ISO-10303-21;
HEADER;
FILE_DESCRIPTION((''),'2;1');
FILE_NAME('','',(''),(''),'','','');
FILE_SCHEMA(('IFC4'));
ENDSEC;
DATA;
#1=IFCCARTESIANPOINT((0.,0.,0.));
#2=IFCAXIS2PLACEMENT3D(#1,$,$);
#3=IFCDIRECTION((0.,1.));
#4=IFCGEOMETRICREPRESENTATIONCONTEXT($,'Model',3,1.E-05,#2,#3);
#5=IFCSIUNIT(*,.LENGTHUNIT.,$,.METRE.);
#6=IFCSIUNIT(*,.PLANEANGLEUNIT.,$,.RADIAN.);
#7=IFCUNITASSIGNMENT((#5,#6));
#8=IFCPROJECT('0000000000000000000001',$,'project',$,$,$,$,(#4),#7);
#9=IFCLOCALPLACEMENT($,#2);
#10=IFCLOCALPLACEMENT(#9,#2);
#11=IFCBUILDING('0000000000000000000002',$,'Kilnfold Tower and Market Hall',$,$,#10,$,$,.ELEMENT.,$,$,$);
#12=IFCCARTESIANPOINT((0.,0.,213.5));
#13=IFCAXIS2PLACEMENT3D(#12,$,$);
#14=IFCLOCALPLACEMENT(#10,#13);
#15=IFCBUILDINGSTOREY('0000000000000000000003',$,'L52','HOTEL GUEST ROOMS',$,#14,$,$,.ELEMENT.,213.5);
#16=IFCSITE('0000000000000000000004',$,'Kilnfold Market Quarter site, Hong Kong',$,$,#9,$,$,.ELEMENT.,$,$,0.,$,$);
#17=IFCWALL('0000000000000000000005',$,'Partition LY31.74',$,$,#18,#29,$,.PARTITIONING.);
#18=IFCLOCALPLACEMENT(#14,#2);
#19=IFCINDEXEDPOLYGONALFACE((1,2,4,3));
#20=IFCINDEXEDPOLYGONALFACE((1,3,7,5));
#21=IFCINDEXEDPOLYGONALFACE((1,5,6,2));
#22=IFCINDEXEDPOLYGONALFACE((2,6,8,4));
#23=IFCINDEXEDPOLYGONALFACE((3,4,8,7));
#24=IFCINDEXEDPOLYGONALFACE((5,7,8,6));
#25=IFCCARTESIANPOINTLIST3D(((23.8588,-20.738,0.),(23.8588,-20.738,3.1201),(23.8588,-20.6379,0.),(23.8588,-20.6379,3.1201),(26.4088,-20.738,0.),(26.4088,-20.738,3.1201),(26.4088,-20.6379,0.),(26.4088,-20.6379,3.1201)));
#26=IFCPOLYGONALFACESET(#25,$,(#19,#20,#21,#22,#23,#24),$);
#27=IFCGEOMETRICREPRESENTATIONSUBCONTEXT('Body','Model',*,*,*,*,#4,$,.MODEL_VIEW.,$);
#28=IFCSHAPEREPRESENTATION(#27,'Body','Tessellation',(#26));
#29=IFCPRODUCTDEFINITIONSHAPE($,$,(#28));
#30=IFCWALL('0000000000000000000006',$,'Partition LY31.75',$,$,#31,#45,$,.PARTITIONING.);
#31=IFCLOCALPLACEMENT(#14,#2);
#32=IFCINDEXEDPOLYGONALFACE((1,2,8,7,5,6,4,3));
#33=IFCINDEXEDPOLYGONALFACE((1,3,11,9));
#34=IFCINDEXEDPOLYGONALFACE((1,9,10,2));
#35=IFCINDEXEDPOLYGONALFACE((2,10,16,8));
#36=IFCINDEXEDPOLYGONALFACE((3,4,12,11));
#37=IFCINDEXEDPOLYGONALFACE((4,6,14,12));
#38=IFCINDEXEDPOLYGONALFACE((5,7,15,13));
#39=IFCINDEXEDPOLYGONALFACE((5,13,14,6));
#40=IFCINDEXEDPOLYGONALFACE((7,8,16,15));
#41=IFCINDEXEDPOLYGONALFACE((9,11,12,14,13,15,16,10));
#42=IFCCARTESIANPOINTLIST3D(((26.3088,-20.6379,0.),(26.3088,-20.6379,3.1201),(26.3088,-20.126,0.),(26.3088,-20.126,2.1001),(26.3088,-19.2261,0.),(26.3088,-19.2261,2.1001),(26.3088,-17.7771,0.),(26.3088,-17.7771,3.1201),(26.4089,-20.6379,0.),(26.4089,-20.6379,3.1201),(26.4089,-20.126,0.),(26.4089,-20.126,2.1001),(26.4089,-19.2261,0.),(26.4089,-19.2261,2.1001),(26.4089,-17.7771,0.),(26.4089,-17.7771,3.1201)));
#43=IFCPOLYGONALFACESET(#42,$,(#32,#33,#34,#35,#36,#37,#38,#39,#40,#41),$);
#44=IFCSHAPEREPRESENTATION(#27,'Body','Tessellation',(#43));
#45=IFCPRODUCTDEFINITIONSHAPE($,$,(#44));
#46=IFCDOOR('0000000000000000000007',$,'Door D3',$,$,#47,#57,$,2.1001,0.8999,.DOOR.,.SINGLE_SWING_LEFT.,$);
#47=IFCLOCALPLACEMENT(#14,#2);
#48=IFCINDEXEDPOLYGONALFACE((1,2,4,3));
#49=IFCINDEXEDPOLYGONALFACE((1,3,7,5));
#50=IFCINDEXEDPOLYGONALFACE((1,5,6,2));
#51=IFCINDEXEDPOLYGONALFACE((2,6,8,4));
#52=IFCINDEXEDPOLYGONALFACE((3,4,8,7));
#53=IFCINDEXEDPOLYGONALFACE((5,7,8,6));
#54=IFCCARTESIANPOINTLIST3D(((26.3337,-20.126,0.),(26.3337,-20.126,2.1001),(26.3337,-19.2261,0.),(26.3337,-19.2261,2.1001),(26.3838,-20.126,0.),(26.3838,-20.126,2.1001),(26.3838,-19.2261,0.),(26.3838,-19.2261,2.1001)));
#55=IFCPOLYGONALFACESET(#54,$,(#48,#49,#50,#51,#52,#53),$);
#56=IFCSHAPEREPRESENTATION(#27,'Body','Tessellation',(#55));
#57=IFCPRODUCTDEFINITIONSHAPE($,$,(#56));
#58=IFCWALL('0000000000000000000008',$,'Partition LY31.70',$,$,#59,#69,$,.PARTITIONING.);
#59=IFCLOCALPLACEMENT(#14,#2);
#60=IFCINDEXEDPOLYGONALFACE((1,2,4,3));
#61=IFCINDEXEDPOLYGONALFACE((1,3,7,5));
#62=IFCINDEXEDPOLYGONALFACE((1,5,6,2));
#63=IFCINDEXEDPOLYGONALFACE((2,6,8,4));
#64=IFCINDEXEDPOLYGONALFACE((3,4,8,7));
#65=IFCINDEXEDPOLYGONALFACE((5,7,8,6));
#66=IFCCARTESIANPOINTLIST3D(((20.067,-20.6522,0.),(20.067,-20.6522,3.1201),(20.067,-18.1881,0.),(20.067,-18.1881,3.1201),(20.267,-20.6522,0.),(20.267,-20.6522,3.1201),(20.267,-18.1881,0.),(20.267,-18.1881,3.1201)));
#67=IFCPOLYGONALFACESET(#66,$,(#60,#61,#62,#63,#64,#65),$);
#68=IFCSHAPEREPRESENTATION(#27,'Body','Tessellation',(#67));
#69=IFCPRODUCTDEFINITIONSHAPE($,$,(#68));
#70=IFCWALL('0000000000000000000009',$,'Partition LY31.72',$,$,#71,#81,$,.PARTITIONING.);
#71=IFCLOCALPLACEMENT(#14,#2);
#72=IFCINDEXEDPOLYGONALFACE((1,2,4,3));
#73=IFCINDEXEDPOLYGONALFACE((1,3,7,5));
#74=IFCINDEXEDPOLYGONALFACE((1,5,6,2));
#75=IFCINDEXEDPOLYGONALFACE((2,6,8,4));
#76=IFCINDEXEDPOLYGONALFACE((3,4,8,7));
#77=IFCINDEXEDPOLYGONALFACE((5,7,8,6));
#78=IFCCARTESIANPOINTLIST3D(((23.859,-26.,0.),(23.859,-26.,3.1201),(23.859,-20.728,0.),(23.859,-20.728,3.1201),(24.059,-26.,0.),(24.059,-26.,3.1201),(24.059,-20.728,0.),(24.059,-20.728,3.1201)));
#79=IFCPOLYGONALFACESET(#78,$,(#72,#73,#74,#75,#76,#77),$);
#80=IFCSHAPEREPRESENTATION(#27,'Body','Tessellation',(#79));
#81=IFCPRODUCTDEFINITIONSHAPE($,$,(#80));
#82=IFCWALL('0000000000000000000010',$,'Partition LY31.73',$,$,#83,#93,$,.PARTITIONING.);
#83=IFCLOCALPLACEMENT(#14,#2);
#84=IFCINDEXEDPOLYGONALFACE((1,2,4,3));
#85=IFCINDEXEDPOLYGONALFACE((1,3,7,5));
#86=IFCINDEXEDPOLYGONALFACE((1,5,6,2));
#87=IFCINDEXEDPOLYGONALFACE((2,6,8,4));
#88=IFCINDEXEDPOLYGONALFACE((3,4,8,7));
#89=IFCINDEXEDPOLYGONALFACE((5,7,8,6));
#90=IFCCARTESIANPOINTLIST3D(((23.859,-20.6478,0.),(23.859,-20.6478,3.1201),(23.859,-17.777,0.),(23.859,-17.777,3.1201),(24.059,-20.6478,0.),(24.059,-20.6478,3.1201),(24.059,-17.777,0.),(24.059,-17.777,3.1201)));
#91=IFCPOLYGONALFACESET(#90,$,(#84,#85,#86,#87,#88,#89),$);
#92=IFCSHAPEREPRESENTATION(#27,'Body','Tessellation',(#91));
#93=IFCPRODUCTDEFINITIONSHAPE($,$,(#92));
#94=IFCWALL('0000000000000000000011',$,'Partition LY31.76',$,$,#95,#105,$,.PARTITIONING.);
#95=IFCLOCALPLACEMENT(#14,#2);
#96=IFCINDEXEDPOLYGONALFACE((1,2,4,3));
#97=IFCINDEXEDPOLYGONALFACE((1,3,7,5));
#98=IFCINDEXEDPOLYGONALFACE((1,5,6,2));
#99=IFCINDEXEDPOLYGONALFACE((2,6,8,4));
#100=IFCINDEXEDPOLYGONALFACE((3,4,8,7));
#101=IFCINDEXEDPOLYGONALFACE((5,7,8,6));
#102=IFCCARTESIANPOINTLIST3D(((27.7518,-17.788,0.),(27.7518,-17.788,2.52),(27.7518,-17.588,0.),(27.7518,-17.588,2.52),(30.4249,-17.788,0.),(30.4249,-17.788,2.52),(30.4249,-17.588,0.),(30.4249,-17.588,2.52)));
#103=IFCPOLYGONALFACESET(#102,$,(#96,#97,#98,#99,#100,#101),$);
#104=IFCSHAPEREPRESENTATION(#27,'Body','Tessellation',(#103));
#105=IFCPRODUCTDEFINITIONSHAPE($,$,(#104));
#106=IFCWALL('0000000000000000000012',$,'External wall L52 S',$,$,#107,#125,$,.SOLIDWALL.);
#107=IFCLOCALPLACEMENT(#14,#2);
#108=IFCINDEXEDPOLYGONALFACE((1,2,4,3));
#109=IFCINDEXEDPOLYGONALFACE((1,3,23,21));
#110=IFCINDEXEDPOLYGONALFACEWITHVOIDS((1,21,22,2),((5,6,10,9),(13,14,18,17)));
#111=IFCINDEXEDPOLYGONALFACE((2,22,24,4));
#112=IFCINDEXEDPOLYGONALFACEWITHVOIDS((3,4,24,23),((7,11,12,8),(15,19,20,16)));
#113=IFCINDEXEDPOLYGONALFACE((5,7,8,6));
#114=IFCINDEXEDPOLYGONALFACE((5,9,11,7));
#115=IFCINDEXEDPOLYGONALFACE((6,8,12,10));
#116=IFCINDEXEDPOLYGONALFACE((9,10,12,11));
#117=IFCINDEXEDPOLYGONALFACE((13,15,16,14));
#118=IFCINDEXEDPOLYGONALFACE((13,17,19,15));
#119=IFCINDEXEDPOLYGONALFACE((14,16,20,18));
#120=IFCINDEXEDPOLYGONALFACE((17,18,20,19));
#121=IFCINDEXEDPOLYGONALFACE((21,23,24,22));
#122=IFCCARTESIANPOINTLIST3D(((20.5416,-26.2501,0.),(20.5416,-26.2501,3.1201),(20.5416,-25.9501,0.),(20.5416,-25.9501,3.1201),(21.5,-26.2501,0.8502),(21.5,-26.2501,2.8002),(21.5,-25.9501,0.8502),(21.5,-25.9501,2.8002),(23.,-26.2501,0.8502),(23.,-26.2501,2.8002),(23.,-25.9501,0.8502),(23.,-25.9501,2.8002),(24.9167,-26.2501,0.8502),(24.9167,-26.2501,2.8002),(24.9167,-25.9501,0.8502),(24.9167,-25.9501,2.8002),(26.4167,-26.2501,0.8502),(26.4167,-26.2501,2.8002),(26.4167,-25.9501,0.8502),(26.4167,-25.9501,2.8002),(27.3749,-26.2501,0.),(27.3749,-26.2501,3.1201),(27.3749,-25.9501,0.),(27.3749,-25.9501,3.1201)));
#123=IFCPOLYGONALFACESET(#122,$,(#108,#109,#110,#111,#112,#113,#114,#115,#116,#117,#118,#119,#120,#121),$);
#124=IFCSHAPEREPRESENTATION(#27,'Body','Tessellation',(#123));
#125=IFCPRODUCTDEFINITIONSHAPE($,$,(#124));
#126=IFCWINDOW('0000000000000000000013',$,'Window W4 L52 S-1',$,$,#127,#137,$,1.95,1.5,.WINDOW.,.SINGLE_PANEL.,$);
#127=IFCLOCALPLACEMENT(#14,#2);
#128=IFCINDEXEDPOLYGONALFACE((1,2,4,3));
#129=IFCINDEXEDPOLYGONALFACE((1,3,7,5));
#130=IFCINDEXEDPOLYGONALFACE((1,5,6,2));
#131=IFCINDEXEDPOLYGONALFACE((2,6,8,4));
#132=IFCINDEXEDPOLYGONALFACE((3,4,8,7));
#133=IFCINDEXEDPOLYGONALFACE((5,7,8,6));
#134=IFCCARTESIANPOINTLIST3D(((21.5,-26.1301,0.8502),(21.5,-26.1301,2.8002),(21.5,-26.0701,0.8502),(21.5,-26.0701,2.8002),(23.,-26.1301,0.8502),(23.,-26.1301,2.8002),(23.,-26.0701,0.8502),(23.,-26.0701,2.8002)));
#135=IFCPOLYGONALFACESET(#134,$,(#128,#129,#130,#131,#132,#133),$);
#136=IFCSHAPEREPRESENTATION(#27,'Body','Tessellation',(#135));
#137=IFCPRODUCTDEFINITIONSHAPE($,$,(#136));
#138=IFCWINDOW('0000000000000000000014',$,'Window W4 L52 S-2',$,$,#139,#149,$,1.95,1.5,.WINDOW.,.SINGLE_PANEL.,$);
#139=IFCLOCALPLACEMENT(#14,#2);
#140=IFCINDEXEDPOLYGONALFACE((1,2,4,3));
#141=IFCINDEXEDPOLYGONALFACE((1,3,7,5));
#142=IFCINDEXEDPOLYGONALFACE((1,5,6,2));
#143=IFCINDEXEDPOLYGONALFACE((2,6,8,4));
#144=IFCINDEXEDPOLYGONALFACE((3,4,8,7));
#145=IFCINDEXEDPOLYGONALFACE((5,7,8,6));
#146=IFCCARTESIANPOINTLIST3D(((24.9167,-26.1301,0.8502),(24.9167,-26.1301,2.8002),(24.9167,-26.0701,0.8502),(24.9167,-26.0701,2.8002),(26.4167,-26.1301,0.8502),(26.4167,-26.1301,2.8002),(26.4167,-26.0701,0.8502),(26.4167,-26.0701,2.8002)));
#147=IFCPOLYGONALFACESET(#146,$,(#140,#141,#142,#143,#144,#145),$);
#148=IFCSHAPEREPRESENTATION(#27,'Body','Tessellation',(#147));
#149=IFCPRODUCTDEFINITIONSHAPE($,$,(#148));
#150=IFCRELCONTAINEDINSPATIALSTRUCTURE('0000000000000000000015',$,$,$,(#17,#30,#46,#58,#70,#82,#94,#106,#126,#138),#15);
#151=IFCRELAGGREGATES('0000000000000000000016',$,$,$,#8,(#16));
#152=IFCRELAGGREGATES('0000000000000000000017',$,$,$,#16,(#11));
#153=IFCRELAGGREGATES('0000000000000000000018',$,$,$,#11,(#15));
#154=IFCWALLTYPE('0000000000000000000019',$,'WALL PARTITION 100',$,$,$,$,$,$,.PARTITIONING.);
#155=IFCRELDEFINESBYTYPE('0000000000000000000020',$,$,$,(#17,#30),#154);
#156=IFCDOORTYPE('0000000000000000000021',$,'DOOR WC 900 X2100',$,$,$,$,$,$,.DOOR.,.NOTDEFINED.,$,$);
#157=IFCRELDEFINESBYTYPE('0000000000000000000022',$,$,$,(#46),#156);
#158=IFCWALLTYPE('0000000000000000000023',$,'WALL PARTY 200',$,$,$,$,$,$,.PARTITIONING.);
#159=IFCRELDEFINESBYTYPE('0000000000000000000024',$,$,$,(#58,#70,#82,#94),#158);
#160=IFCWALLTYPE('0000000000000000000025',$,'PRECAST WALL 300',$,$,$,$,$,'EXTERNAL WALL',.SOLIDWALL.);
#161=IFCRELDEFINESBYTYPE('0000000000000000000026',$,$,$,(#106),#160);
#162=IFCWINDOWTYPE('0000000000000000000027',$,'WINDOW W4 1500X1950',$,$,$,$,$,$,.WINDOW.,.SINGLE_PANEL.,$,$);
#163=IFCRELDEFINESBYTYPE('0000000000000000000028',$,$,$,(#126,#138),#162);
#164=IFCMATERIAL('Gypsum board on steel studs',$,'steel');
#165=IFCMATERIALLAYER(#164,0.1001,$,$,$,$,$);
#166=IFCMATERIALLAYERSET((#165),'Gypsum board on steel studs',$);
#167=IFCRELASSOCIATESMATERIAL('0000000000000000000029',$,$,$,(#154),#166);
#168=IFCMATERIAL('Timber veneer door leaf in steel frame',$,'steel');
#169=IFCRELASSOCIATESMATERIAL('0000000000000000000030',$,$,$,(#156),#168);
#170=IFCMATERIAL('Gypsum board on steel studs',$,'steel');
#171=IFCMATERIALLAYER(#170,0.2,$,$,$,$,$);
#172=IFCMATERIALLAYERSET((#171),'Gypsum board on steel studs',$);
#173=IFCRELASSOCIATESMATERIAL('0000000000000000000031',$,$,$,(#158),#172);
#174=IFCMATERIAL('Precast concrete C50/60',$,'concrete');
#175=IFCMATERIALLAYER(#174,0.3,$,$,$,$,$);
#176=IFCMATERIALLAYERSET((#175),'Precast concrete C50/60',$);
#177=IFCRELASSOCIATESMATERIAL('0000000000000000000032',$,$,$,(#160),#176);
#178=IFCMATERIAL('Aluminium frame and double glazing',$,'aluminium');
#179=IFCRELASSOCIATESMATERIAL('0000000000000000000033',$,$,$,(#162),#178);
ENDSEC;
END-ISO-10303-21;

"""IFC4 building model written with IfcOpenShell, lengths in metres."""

from ifc_helpers import new_model, si_unit, direction, frame, frame_2d, origin, place, context, subcontext, project, spatial, rectangle, extrude, source, transform, mapped, material, layer, layer_set, type_object, element, fill, save


model = new_model("IFC4")

# Units and contexts
model_context = context("Model", 3, precision=1e-05, world=origin(), true_north=direction((0.0, 1.0)))
body_context = subcontext(model_context, "Body", "Model", "MODEL_VIEW")
ifc_project = project(units=[si_unit("LENGTHUNIT", "METRE"), si_unit("PLANEANGLEUNIT", "RADIAN")], contexts=[model_context])

# Site, building, storey
site_placement = place(None, origin())
site = spatial("IfcSite", under=ifc_project, at=site_placement, Name="Kilnfold Market Quarter site, Hong Kong", CompositionType="ELEMENT", RefElevation=0.0)
building_placement = place(site_placement, origin())
building = spatial("IfcBuilding", under=site, at=building_placement, Name="Kilnfold Tower and Market Hall", CompositionType="ELEMENT")
storey_placement = place(building_placement, frame((0.0, 0.0, 213.5)))
storey = spatial("IfcBuildingStorey", under=building, at=storey_placement, Name="L52", Description="HOTEL GUEST ROOMS", CompositionType="ELEMENT", Elevation=213.5)

# Shared definitions
ifc_material_1 = material(Name="Gypsum board on steel studs", Category="steel")
ifc_layer_1 = layer(ifc_material_1, 0.1001)
ifc_layer_set_1 = layer_set([ifc_layer_1], Name="Gypsum board on steel studs")
wall_type_1 = type_object("IfcWallType", Name="WALL PARTITION 100", PredefinedType="PARTITIONING", material=ifc_layer_set_1)
ifc_material_2 = material(Name="Timber veneer door leaf in steel frame", Category="steel")
door_type_1 = type_object("IfcDoorType", Name="DOOR WC 900 X2100", OperationType="NOTDEFINED", PredefinedType="DOOR", material=ifc_material_2)

# Wall
wall_1_placement = place(storey_placement, frame((23.8589, -20.688, 0.0), z_axis=(0.0, 0.0, 1.0), x_axis=(1.0, 0.0, 0.0)))
element("IfcWall", 1, at=wall_1_placement, inside=storey, type_object=wall_type_1, Name="Partition LY31.74", PredefinedType="PARTITIONING", context=body_context, shape_type="SweptSolid", body=[
    extrude(rectangle(XDim=2.55, YDim=0.1001, at=frame_2d((1.2749, 0.0))), origin(), (0.0, 0.0, 1.0), 3.1201),
])

# Wall, opening, door
wall_2_placement = place(storey_placement, frame((26.3589, -17.7771, 0.0), z_axis=(0.0, 0.0, 1.0), x_axis=(0.0, -1.0, 0.0)))
wall_2 = element("IfcWall", 2, at=wall_2_placement, inside=storey, type_object=wall_type_1, Name="Partition LY31.75", PredefinedType="PARTITIONING", context=body_context, shape_type="SweptSolid", body=[
    extrude(rectangle(XDim=2.8608, YDim=0.1001, at=frame_2d((1.4304, 0.0))), origin(), (0.0, 0.0, 1.0), 3.1201),
])
opening_1_placement = place(wall_2_placement, frame((1.449, 0.0, 0.0)))
opening_1 = element("IfcOpeningElement", 3, at=opening_1_placement, cuts=wall_2, PredefinedType="OPENING", context=body_context, shape_type="SweptSolid", body=[
    extrude(rectangle(XDim=0.8999, YDim=2.1001, at=frame_2d((0.45, 1.05))), frame((0.0, 0.0601, 0.0), z_axis=(0.0, -1.0, 0.0), x_axis=(1.0, 0.0, 0.0)), (0.0, 0.0, 1.0), 0.1201),
])
door_1_placement = place(opening_1_placement, origin())
door_1 = element("IfcDoor", 4, at=door_1_placement, inside=storey, type_object=door_type_1, Name="Door D3", OperationType="SINGLE_SWING_LEFT", OverallHeight=2.1001, OverallWidth=0.8999, PredefinedType="DOOR", context=body_context, shape_type="SweptSolid", body=[
    extrude(rectangle(XDim=0.8999, YDim=2.1001, at=frame_2d((0.45, 1.05))), frame((0.0, 0.0249, 0.0), z_axis=(0.0, -1.0, 0.0), x_axis=(1.0, 0.0, 0.0)), (0.0, 0.0, 1.0), 0.05),
])
fill(opening_1, door_1)

# Walls
ifc_material_3 = material(Name="Gypsum board on steel studs", Category="steel")
ifc_layer_2 = layer(ifc_material_3, 0.2)
ifc_layer_set_2 = layer_set([ifc_layer_2], Name="Gypsum board on steel studs")
wall_type_2 = type_object("IfcWallType", Name="WALL PARTY 200", PredefinedType="PARTITIONING", material=ifc_layer_set_2)
wall_3_placement = place(storey_placement, frame((20.167, -20.6521, 0.0), z_axis=(0.0, 0.0, 1.0), x_axis=(0.0, 1.0, 0.0)))
element("IfcWall", 5, at=wall_3_placement, inside=storey, type_object=wall_type_2, Name="Partition LY31.70", PredefinedType="PARTITIONING", context=body_context, shape_type="SweptSolid", body=[
    extrude(rectangle(XDim=2.4641, YDim=0.2, at=frame_2d((1.2319, 0.0))), origin(), (0.0, 0.0, 1.0), 3.1201),
])
wall_4_placement = place(storey_placement, frame((23.959, -26.0, 0.0), z_axis=(0.0, 0.0, 1.0), x_axis=(0.0, 1.0, 0.0)))
element("IfcWall", 6, at=wall_4_placement, inside=storey, type_object=wall_type_2, Name="Partition LY31.72", PredefinedType="PARTITIONING", context=body_context, shape_type="SweptSolid", body=[
    extrude(rectangle(XDim=5.272, YDim=0.2, at=frame_2d((2.636, 0.0))), origin(), (0.0, 0.0, 1.0), 3.1201),
])
wall_5_placement = place(storey_placement, frame((23.959, -20.6479, 0.0), z_axis=(0.0, 0.0, 1.0), x_axis=(0.0, 1.0, 0.0)))
element("IfcWall", 7, at=wall_5_placement, inside=storey, type_object=wall_type_2, Name="Partition LY31.73", PredefinedType="PARTITIONING", context=body_context, shape_type="SweptSolid", body=[
    extrude(rectangle(XDim=2.8708, YDim=0.2, at=frame_2d((1.4355, 0.0))), origin(), (0.0, 0.0, 1.0), 3.1201),
])
wall_6_placement = place(storey_placement, frame((27.752, -17.688, 0.0), z_axis=(0.0, 0.0, 1.0), x_axis=(1.0, 0.0, 0.0)))
element("IfcWall", 8, at=wall_6_placement, inside=storey, type_object=wall_type_2, Name="Partition LY31.76", PredefinedType="PARTITIONING", context=body_context, shape_type="SweptSolid", body=[
    extrude(rectangle(XDim=2.6731, YDim=0.2, at=frame_2d((1.3364, 0.0))), origin(), (0.0, 0.0, 1.0), 2.52),
])

# Wall, openings, windows
ifc_material_4 = material(Name="Precast concrete C50/60", Category="concrete")
ifc_layer_3 = layer(ifc_material_4, 0.3)
ifc_layer_set_3 = layer_set([ifc_layer_3], Name="Precast concrete C50/60")
wall_type_3 = type_object("IfcWallType", Name="PRECAST WALL 300", ElementType="EXTERNAL WALL", PredefinedType="SOLIDWALL", material=ifc_layer_set_3)
shared_shape_1 = source(origin(), body_context, "Body", "SweptSolid", [
    extrude(rectangle(XDim=6.8333, YDim=0.3, at=frame_2d((3.4165, 0.0))), origin(), (0.0, 0.0, 1.0), 3.1201),
])
wall_7_placement = place(storey_placement, frame((20.5417, -26.1001, 0.0), z_axis=(0.0, 0.0, 1.0), x_axis=(1.0, 0.0, 0.0)))
wall_7 = element("IfcWall", 9, at=wall_7_placement, inside=storey, type_object=wall_type_3, Name="External wall L52 S", PredefinedType="SOLIDWALL", context=body_context, shape_type="MappedRepresentation", body=[
    mapped(shared_shape_1, transform((0.0, 0.0, 0.0))),
])
opening_2_placement = place(wall_7_placement, frame((0.9583, 0.0, 0.8501)))
opening_2 = element("IfcOpeningElement", 10, at=opening_2_placement, cuts=wall_7, PredefinedType="OPENING", context=body_context, shape_type="SweptSolid", body=[
    extrude(rectangle(XDim=1.5, YDim=1.95, at=frame_2d((0.75, 0.9751))), frame((0.0, 0.1602, 0.0), z_axis=(0.0, -1.0, 0.0), x_axis=(1.0, 0.0, 0.0)), (0.0, 0.0, 1.0), 0.3201),
])
opening_3_placement = place(wall_7_placement, frame((4.375, 0.0, 0.8501)))
opening_3 = element("IfcOpeningElement", 11, at=opening_3_placement, cuts=wall_7, PredefinedType="OPENING", context=body_context, shape_type="SweptSolid", body=[
    extrude(rectangle(XDim=1.5, YDim=1.95, at=frame_2d((0.75, 0.9751))), frame((0.0, 0.1602, 0.0), z_axis=(0.0, -1.0, 0.0), x_axis=(1.0, 0.0, 0.0)), (0.0, 0.0, 1.0), 0.3201),
])
ifc_material_5 = material(Name="Aluminium frame and double glazing", Category="aluminium")
window_type = type_object("IfcWindowType", Name="WINDOW W4 1500X1950", PartitioningType="SINGLE_PANEL", PredefinedType="WINDOW", material=ifc_material_5)
window_1_placement = place(opening_2_placement, origin())
window_1 = element("IfcWindow", 12, at=window_1_placement, inside=storey, type_object=window_type, Name="Window W4 L52 S-1", OverallHeight=1.95, OverallWidth=1.5, PartitioningType="SINGLE_PANEL", PredefinedType="WINDOW", context=body_context, shape_type="SweptSolid", body=[
    extrude(rectangle(XDim=1.5, YDim=1.95, at=frame_2d((0.75, 0.9751))), frame((0.0, 0.03, 0.0), z_axis=(0.0, -1.0, 0.0), x_axis=(1.0, 0.0, 0.0)), (0.0, 0.0, 1.0), 0.0601),
])
fill(opening_2, window_1)
window_2_placement = place(opening_3_placement, origin())
window_2 = element("IfcWindow", 13, at=window_2_placement, inside=storey, type_object=window_type, Name="Window W4 L52 S-2", OverallHeight=1.95, OverallWidth=1.5, PartitioningType="SINGLE_PANEL", PredefinedType="WINDOW", context=body_context, shape_type="SweptSolid", body=[
    extrude(rectangle(XDim=1.5, YDim=1.95, at=frame_2d((0.75, 0.9751))), frame((0.0, 0.03, 0.0), z_axis=(0.0, -1.0, 0.0), x_axis=(1.0, 0.0, 0.0)), (0.0, 0.0, 1.0), 0.0601),
])
fill(opening_3, window_2)

save(model, "model.ifc")
